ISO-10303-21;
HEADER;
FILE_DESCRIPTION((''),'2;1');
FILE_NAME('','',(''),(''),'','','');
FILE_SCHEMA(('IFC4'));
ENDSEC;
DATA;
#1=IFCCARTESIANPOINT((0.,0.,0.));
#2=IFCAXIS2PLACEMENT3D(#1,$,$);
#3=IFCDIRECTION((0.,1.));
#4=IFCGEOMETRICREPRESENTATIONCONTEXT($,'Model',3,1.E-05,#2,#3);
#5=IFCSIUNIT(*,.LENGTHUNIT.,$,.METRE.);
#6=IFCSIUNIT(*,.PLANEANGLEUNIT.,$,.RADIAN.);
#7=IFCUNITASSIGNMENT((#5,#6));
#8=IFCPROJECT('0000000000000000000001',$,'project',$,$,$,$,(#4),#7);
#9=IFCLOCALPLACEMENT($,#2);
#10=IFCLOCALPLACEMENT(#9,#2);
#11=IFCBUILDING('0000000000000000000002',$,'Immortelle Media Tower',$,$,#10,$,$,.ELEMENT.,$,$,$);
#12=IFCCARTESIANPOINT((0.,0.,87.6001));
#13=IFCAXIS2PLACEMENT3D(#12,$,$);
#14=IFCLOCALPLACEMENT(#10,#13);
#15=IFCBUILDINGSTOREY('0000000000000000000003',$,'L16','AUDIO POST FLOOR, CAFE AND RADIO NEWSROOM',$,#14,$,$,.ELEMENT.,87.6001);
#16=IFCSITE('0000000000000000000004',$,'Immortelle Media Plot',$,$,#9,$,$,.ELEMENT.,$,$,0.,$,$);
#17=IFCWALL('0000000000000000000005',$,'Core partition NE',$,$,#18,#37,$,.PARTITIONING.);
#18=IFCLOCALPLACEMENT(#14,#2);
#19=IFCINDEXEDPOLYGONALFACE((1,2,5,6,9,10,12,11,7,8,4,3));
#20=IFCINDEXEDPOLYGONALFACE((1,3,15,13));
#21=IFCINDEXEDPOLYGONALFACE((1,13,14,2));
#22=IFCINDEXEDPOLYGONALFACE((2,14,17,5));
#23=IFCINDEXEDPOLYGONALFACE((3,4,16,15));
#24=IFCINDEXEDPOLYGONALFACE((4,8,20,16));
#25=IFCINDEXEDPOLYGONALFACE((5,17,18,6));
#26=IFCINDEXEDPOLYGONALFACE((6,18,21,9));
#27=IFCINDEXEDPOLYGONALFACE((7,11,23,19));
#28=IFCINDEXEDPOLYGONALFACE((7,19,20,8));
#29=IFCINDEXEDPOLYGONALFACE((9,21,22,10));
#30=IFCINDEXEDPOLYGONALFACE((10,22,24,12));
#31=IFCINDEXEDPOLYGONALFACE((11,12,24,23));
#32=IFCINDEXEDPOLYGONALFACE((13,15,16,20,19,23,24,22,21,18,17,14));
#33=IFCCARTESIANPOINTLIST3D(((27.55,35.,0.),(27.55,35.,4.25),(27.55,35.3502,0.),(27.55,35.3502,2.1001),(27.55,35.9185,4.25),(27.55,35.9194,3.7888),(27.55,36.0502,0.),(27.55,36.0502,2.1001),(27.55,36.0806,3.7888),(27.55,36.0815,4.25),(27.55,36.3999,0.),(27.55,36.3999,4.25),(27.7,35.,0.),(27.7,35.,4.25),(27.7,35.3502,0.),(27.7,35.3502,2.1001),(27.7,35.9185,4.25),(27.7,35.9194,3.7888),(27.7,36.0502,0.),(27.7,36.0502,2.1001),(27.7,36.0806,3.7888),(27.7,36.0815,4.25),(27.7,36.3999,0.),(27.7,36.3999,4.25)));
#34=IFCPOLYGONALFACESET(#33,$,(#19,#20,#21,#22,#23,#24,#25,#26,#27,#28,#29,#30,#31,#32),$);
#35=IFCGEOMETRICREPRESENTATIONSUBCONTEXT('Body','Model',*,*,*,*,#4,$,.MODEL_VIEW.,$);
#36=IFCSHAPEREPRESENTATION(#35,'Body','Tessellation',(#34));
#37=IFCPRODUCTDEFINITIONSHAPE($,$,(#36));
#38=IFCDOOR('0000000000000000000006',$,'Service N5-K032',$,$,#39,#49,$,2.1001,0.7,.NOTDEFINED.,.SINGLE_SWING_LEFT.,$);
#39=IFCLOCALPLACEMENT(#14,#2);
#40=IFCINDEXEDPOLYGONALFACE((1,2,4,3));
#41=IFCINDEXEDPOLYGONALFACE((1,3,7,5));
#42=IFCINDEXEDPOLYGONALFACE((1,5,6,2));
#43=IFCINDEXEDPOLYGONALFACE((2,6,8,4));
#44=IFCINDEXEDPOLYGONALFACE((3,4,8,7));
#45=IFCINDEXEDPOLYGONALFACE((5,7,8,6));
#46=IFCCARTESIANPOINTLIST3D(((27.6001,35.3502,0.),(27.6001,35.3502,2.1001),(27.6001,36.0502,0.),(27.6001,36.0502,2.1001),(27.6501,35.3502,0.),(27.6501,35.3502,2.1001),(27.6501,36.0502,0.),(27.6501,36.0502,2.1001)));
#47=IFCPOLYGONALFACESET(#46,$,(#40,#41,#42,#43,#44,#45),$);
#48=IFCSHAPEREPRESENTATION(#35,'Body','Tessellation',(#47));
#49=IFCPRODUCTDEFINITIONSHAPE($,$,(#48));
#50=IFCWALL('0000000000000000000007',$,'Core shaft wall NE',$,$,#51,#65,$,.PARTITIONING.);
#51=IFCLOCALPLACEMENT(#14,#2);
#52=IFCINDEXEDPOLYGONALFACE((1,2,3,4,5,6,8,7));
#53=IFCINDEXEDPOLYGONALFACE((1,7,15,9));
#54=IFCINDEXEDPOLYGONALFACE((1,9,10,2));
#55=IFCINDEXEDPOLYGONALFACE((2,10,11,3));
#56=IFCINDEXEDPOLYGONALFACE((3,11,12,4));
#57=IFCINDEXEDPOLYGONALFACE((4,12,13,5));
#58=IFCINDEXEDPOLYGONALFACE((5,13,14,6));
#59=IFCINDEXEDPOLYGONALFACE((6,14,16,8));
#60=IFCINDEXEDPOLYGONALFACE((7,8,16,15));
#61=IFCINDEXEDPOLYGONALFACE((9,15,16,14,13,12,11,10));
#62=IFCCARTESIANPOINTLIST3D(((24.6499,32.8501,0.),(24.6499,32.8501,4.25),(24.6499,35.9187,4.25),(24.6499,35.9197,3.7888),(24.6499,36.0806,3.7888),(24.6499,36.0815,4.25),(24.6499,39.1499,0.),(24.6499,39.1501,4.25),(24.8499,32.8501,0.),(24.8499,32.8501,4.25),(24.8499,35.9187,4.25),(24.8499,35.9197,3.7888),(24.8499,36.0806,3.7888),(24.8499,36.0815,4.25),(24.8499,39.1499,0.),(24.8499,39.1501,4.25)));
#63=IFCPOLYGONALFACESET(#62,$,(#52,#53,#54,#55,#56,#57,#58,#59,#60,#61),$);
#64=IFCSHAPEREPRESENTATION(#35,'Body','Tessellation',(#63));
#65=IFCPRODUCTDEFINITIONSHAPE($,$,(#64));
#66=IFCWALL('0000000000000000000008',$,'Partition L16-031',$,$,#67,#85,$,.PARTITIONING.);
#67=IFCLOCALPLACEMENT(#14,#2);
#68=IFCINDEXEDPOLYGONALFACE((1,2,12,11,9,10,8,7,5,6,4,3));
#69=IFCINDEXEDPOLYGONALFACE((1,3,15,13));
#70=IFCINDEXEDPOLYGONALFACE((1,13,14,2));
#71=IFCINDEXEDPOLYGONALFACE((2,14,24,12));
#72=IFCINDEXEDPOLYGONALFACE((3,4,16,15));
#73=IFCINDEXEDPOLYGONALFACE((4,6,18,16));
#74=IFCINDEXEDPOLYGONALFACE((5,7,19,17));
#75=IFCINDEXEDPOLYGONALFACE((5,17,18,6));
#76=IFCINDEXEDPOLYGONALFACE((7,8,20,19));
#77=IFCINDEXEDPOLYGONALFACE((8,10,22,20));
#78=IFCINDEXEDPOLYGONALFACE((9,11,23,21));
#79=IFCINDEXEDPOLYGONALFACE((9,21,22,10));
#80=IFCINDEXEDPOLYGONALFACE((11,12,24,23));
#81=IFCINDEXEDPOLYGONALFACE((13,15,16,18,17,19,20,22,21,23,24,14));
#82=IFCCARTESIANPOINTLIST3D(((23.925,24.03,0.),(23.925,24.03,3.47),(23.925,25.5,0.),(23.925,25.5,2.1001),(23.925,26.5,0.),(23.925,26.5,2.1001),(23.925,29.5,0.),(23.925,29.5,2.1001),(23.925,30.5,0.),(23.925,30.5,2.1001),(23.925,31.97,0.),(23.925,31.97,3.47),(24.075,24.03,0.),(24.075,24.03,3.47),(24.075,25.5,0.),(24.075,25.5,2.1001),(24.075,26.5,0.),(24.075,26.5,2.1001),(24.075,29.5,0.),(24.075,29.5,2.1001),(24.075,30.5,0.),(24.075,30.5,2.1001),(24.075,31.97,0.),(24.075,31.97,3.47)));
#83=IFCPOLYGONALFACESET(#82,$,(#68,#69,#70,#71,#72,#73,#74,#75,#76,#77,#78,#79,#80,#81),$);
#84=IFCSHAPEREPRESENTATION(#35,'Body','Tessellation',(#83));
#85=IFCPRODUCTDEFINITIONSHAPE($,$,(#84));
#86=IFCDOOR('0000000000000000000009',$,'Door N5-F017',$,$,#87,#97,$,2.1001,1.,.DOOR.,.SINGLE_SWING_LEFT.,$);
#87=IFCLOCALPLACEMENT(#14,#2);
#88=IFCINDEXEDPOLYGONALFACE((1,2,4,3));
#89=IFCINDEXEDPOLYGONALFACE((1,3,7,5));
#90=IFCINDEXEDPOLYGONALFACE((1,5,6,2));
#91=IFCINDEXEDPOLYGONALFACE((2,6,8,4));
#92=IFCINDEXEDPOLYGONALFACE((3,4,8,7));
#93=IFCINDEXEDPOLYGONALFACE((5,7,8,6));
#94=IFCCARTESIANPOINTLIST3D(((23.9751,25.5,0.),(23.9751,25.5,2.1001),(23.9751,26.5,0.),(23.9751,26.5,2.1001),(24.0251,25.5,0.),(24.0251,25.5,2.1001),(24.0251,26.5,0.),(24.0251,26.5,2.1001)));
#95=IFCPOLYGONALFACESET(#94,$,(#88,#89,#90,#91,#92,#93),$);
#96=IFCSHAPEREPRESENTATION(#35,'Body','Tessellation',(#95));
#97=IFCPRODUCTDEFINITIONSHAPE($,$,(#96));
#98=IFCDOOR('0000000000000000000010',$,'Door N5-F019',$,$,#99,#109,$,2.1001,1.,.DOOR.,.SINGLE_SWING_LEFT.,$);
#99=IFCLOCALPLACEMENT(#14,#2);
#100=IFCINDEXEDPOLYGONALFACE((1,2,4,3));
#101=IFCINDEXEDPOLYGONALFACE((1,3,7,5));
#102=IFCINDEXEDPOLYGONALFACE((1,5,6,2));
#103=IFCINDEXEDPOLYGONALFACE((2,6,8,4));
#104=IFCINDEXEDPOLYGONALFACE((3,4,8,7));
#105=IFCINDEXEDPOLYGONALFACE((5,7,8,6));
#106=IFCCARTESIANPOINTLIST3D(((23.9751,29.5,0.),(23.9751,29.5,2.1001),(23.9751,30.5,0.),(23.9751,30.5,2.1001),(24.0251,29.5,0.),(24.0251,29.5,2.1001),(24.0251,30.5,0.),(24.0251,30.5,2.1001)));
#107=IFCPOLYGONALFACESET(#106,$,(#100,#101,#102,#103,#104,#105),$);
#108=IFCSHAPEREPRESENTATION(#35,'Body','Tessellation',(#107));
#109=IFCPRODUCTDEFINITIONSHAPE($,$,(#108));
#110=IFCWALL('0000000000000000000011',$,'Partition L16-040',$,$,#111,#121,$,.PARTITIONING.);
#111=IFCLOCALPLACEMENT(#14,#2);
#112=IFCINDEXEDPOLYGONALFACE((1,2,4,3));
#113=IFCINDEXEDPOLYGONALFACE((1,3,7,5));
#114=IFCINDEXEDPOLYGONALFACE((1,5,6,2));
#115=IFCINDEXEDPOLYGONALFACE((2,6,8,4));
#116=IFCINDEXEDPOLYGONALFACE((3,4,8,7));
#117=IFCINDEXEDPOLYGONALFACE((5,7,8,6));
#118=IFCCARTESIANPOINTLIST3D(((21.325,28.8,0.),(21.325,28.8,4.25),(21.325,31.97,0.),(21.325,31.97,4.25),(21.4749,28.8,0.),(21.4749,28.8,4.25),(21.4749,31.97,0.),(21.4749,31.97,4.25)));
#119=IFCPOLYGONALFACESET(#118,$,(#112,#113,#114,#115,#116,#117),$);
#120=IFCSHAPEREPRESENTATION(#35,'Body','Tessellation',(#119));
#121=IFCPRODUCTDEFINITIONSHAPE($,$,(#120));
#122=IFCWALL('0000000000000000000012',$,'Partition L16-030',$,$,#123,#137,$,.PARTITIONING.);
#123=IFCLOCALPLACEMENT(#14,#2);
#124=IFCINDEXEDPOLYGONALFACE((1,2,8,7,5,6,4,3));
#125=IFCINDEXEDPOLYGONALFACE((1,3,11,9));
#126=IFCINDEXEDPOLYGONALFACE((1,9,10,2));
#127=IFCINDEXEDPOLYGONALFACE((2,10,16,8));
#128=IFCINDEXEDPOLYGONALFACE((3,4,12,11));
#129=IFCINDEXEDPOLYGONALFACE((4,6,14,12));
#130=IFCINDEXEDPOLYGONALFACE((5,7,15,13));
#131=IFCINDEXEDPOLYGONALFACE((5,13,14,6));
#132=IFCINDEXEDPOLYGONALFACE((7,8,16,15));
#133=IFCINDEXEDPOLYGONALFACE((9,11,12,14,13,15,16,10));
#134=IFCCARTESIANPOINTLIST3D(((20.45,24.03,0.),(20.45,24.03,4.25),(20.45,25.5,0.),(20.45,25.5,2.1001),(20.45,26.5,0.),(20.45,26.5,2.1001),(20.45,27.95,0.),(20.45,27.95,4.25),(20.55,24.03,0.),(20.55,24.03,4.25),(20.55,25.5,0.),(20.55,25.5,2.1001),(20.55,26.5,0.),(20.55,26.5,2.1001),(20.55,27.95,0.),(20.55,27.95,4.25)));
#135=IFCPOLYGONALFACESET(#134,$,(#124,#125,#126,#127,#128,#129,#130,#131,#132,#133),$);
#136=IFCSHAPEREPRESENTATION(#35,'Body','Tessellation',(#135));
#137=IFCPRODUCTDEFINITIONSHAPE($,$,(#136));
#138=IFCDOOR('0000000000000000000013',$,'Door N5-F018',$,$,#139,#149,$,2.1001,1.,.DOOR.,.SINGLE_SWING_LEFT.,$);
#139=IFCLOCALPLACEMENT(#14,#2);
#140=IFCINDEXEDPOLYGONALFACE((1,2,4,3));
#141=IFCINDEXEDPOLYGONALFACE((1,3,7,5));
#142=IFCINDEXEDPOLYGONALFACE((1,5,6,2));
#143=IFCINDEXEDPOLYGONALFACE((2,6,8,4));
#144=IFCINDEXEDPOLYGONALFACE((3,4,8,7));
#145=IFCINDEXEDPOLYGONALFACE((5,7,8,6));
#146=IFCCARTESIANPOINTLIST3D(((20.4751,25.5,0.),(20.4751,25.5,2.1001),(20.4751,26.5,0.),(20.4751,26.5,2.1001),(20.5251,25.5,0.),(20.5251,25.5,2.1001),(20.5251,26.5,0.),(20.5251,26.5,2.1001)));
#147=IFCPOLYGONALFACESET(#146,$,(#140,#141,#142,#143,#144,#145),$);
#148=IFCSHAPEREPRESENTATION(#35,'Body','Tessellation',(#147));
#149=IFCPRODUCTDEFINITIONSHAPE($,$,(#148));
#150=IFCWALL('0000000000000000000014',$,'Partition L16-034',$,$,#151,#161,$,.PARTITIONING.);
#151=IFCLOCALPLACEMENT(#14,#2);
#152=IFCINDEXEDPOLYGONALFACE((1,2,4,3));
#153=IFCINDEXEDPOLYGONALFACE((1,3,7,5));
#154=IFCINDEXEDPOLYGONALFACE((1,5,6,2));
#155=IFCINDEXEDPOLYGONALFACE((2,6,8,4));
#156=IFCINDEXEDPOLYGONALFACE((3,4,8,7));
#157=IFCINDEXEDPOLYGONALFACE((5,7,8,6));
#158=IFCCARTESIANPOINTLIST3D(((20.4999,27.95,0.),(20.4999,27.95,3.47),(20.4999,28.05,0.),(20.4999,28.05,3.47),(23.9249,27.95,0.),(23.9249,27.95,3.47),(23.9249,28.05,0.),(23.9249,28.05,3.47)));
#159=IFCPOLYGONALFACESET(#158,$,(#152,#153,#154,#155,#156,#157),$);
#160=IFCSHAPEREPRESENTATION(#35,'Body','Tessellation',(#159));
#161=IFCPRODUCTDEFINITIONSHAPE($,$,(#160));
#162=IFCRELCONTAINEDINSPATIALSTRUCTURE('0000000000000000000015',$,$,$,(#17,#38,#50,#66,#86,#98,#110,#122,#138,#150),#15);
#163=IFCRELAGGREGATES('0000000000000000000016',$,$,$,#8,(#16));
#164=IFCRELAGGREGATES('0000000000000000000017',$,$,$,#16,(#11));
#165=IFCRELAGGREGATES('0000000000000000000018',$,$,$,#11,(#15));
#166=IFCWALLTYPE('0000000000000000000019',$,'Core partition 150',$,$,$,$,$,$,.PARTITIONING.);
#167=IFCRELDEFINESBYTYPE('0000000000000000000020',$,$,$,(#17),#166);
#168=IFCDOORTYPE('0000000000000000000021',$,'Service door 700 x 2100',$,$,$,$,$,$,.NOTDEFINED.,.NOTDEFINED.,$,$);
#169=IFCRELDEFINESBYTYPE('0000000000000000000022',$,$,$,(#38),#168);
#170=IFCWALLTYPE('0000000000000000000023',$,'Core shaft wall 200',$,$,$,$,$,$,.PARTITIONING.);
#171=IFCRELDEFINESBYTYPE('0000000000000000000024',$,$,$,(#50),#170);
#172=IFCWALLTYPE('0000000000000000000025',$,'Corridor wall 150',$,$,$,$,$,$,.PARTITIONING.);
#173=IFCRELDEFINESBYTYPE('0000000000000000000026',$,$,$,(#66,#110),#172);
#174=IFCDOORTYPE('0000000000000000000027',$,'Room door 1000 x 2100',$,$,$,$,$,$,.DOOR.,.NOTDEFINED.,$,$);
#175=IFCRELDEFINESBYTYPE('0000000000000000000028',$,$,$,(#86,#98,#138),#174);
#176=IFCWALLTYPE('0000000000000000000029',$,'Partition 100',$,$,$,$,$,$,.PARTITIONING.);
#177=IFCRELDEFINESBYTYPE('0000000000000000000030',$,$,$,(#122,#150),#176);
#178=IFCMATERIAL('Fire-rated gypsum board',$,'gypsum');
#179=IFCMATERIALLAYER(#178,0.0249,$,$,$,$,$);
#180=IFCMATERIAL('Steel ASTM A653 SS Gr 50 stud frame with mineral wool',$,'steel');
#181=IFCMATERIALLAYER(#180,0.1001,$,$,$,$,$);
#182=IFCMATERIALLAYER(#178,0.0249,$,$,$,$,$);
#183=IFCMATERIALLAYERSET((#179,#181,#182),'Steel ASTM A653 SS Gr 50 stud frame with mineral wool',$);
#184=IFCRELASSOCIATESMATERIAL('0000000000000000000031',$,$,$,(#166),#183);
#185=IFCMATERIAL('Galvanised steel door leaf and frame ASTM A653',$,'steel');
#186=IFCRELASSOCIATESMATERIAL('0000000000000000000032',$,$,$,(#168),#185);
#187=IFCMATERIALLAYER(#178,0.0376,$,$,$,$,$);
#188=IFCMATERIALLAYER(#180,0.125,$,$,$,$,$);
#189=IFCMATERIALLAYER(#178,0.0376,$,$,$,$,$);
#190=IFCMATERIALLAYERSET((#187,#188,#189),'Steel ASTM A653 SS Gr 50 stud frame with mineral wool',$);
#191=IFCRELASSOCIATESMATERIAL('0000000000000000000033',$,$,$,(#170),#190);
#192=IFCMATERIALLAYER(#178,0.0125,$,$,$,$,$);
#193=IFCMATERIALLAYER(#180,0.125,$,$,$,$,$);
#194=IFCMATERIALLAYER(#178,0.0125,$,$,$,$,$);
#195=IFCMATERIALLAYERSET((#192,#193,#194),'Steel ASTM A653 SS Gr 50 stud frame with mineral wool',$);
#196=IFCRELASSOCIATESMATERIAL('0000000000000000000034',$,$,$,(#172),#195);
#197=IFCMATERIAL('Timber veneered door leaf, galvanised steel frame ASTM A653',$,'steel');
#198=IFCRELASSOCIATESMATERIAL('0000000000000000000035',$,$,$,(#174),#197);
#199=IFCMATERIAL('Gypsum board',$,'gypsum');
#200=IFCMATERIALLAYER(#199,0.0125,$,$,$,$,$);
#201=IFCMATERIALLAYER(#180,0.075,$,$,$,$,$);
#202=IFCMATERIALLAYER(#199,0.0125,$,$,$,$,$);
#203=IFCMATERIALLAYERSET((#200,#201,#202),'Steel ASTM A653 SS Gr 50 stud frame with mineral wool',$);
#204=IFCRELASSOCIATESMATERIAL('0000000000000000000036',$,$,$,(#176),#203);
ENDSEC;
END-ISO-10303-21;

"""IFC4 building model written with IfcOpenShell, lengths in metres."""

from ifc_helpers import new_model, si_unit, direction, frame, frame_2d, origin, place, context, subcontext, project, spatial, polyline, rectangle, outline, extrude, material, layer, layer_set, type_object, element, fill, save


model = new_model("IFC4")

# Units and contexts
model_context = context("Model", 3, precision=1e-05, world=origin(), true_north=direction((0.0, 1.0)))
body_context = subcontext(model_context, "Body", "Model", "MODEL_VIEW")
ifc_project = project(units=[si_unit("LENGTHUNIT", "METRE"), si_unit("PLANEANGLEUNIT", "RADIAN")], contexts=[model_context])

# Site, building, storey
site_placement = place(None, origin())
site = spatial("IfcSite", under=ifc_project, at=site_placement, Name="Immortelle Media Plot", CompositionType="ELEMENT", RefElevation=0.0)
building_placement = place(site_placement, origin())
building = spatial("IfcBuilding", under=site, at=building_placement, Name="Immortelle Media Tower", CompositionType="ELEMENT")
storey_placement = place(building_placement, frame((0.0, 0.0, 87.6001)))
storey = spatial("IfcBuildingStorey", under=building, at=storey_placement, Name="L16", Description="AUDIO POST FLOOR, CAFE AND RADIO NEWSROOM", CompositionType="ELEMENT", Elevation=87.6001)

# Shared definitions
ifc_material_1 = material(Name="Fire-rated gypsum board", Category="gypsum")
ifc_material_2 = material(Name="Steel ASTM A653 SS Gr 50 stud frame with mineral wool", Category="steel")
ifc_layer_1 = layer(ifc_material_1, 0.0249)
ifc_layer_2 = layer(ifc_material_2, 0.1001)
ifc_layer_3 = layer(ifc_material_1, 0.0249)
ifc_layer_set_1 = layer_set([ifc_layer_1, ifc_layer_2, ifc_layer_3], Name="Steel ASTM A653 SS Gr 50 stud frame with mineral wool")
wall_type_1 = type_object("IfcWallType", Name="Core partition 150", PredefinedType="PARTITIONING", material=ifc_layer_set_1)

# Wall, opening, door
ifc_material_3 = material(Name="Galvanised steel door leaf and frame ASTM A653", Category="steel")
wall_1_placement = place(storey_placement, frame((27.625, 35.0, 0.0), z_axis=(0.0, 0.0, 1.0), x_axis=(0.0, 1.0, 0.0)))
wall_1 = element("IfcWall", 1, at=wall_1_placement, inside=storey, type_object=wall_type_1, Name="Core partition NE", PredefinedType="PARTITIONING", context=body_context, shape_type="SweptSolid", body=[
    extrude(outline(polyline([(0.0, 0.0), (1.3999, 0.0), (1.3999, 4.25), (1.0815, 4.25), (1.0806, 3.7888), (0.9194, 3.7888), (0.9185, 4.25), (0.0, 4.25), (0.0, 0.0)])), frame((0.0, 0.075, 0.0), z_axis=(0.0, -1.0, 0.0), x_axis=(1.0, 0.0, 0.0)), (0.0, 0.0, 1.0), 0.1499),
])
opening_1_placement = place(wall_1_placement, frame((0.3501, 0.0, 0.0)))
opening_1 = element("IfcOpeningElement", 2, at=opening_1_placement, cuts=wall_1, PredefinedType="OPENING", context=body_context, shape_type="SweptSolid", body=[
    extrude(rectangle(XDim=0.7, YDim=2.1001, at=frame_2d((0.3501, 1.05))), frame((0.0, 0.085, 0.0), z_axis=(0.0, -1.0, 0.0), x_axis=(1.0, 0.0, 0.0)), (0.0, 0.0, 1.0), 0.1699),
])
door_type_1 = type_object("IfcDoorType", Name="Service door 700 x 2100", OperationType="NOTDEFINED", PredefinedType="NOTDEFINED", material=ifc_material_3)
door_1_placement = place(opening_1_placement, origin())
door_1 = element("IfcDoor", 3, at=door_1_placement, inside=storey, type_object=door_type_1, Name="Service N5-K032", OperationType="SINGLE_SWING_LEFT", OverallHeight=2.1001, OverallWidth=0.7, PredefinedType="NOTDEFINED", context=body_context, shape_type="SweptSolid", body=[
    extrude(rectangle(XDim=0.7, YDim=2.1001, at=frame_2d((0.3501, 1.05))), frame((0.0, 0.0249, 0.0), z_axis=(0.0, -1.0, 0.0), x_axis=(1.0, 0.0, 0.0)), (0.0, 0.0, 1.0), 0.05),
])
fill(opening_1, door_1)

# Wall
ifc_layer_4 = layer(ifc_material_1, 0.0376)
ifc_layer_5 = layer(ifc_material_2, 0.125)
ifc_layer_6 = layer(ifc_material_1, 0.0376)
ifc_layer_set_2 = layer_set([ifc_layer_4, ifc_layer_5, ifc_layer_6], Name="Steel ASTM A653 SS Gr 50 stud frame with mineral wool")
wall_type_2 = type_object("IfcWallType", Name="Core shaft wall 200", PredefinedType="PARTITIONING", material=ifc_layer_set_2)
wall_2_placement = place(storey_placement, frame((24.75, 32.8501, 0.0), z_axis=(0.0, 0.0, 1.0), x_axis=(0.0, 1.0, 0.0)))
element("IfcWall", 4, at=wall_2_placement, inside=storey, type_object=wall_type_2, Name="Core shaft wall NE", PredefinedType="PARTITIONING", context=body_context, shape_type="SweptSolid", body=[
    extrude(outline(polyline([(0.0, 0.0), (6.2998, 0.0), (6.3, 4.25), (3.2314, 4.25), (3.2305, 3.7888), (3.0696, 3.7888), (3.0686, 4.25), (0.0, 4.25), (0.0, 0.0)])), frame((0.0, 0.1001, 0.0), z_axis=(0.0, -1.0, 0.0), x_axis=(1.0, 0.0, 0.0)), (0.0, 0.0, 1.0), 0.2),
])

# Wall, openings, doors
ifc_layer_7 = layer(ifc_material_1, 0.0125)
ifc_layer_8 = layer(ifc_material_2, 0.125)
ifc_layer_9 = layer(ifc_material_1, 0.0125)
ifc_layer_set_3 = layer_set([ifc_layer_7, ifc_layer_8, ifc_layer_9], Name="Steel ASTM A653 SS Gr 50 stud frame with mineral wool")
wall_type_3 = type_object("IfcWallType", Name="Corridor wall 150", PredefinedType="PARTITIONING", material=ifc_layer_set_3)
wall_3_placement = place(storey_placement, frame((24.0, 24.03, 0.0), z_axis=(0.0, 0.0, 1.0), x_axis=(0.0, 1.0, 0.0)))
wall_3 = element("IfcWall", 5, at=wall_3_placement, inside=storey, type_object=wall_type_3, Name="Partition L16-031", PredefinedType="PARTITIONING", context=body_context, shape_type="SweptSolid", body=[
    extrude(rectangle(XDim=7.9399, YDim=0.1499, at=frame_2d((3.97, 0.0))), origin(), (0.0, 0.0, 1.0), 3.47),
])
opening_2_placement = place(wall_3_placement, frame((1.47, 0.0, 0.0)))
opening_2 = element("IfcOpeningElement", 6, at=opening_2_placement, cuts=wall_3, PredefinedType="OPENING", context=body_context, shape_type="SweptSolid", body=[
    extrude(rectangle(XDim=1.0, YDim=2.1001, at=frame_2d((0.5, 1.05))), frame((0.0, 0.085, 0.0), z_axis=(0.0, -1.0, 0.0), x_axis=(1.0, 0.0, 0.0)), (0.0, 0.0, 1.0), 0.1699),
])
opening_3_placement = place(wall_3_placement, frame((5.47, 0.0, 0.0)))
opening_3 = element("IfcOpeningElement", 7, at=opening_3_placement, cuts=wall_3, PredefinedType="OPENING", context=body_context, shape_type="SweptSolid", body=[
    extrude(rectangle(XDim=1.0, YDim=2.1001, at=frame_2d((0.5, 1.05))), frame((0.0, 0.085, 0.0), z_axis=(0.0, -1.0, 0.0), x_axis=(1.0, 0.0, 0.0)), (0.0, 0.0, 1.0), 0.1699),
])
ifc_material_4 = material(Name="Timber veneered door leaf, galvanised steel frame ASTM A653", Category="steel")
door_type_2 = type_object("IfcDoorType", Name="Room door 1000 x 2100", OperationType="NOTDEFINED", PredefinedType="DOOR", material=ifc_material_4)
door_2_placement = place(opening_2_placement, origin())
door_2 = element("IfcDoor", 8, at=door_2_placement, inside=storey, type_object=door_type_2, Name="Door N5-F017", OperationType="SINGLE_SWING_LEFT", OverallHeight=2.1001, OverallWidth=1.0, PredefinedType="DOOR", context=body_context, shape_type="SweptSolid", body=[
    extrude(rectangle(XDim=1.0, YDim=2.1001, at=frame_2d((0.5, 1.05))), frame((0.0, 0.0249, 0.0), z_axis=(0.0, -1.0, 0.0), x_axis=(1.0, 0.0, 0.0)), (0.0, 0.0, 1.0), 0.05),
])
fill(opening_2, door_2)
door_3_placement = place(opening_3_placement, origin())
door_3 = element("IfcDoor", 9, at=door_3_placement, inside=storey, type_object=door_type_2, Name="Door N5-F019", OperationType="SINGLE_SWING_LEFT", OverallHeight=2.1001, OverallWidth=1.0, PredefinedType="DOOR", context=body_context, shape_type="SweptSolid", body=[
    extrude(rectangle(XDim=1.0, YDim=2.1001, at=frame_2d((0.5, 1.05))), frame((0.0, 0.0249, 0.0), z_axis=(0.0, -1.0, 0.0), x_axis=(1.0, 0.0, 0.0)), (0.0, 0.0, 1.0), 0.05),
])
fill(opening_3, door_3)

# Wall
wall_4_placement = place(storey_placement, frame((21.3999, 28.8, 0.0), z_axis=(0.0, 0.0, 1.0), x_axis=(0.0, 1.0, 0.0)))
element("IfcWall", 10, at=wall_4_placement, inside=storey, type_object=wall_type_3, Name="Partition L16-040", PredefinedType="PARTITIONING", context=body_context, shape_type="SweptSolid", body=[
    extrude(rectangle(XDim=3.1699, YDim=0.1499, at=frame_2d((1.585, 0.0))), origin(), (0.0, 0.0, 1.0), 4.25),
])

# Wall, opening, door
ifc_material_5 = material(Name="Gypsum board", Category="gypsum")
ifc_layer_10 = layer(ifc_material_5, 0.0125)
ifc_layer_11 = layer(ifc_material_2, 0.075)
ifc_layer_12 = layer(ifc_material_5, 0.0125)
ifc_layer_set_4 = layer_set([ifc_layer_10, ifc_layer_11, ifc_layer_12], Name="Steel ASTM A653 SS Gr 50 stud frame with mineral wool")
wall_type_4 = type_object("IfcWallType", Name="Partition 100", PredefinedType="PARTITIONING", material=ifc_layer_set_4)
wall_5_placement = place(storey_placement, frame((20.5, 24.03, 0.0), z_axis=(0.0, 0.0, 1.0), x_axis=(0.0, 1.0, 0.0)))
wall_5 = element("IfcWall", 11, at=wall_5_placement, inside=storey, type_object=wall_type_4, Name="Partition L16-030", PredefinedType="PARTITIONING", context=body_context, shape_type="SweptSolid", body=[
    extrude(rectangle(XDim=3.9199, YDim=0.1001, at=frame_2d((1.96, 0.0))), origin(), (0.0, 0.0, 1.0), 4.25),
])
opening_4_placement = place(wall_5_placement, frame((1.47, 0.0, 0.0)))
opening_4 = element("IfcOpeningElement", 12, at=opening_4_placement, cuts=wall_5, PredefinedType="OPENING", context=body_context, shape_type="SweptSolid", body=[
    extrude(rectangle(XDim=1.0, YDim=2.1001, at=frame_2d((0.5, 1.05))), frame((0.0, 0.0601, 0.0), z_axis=(0.0, -1.0, 0.0), x_axis=(1.0, 0.0, 0.0)), (0.0, 0.0, 1.0), 0.1201),
])
door_4_placement = place(opening_4_placement, origin())
door_4 = element("IfcDoor", 13, at=door_4_placement, inside=storey, type_object=door_type_2, Name="Door N5-F018", OperationType="SINGLE_SWING_LEFT", OverallHeight=2.1001, OverallWidth=1.0, PredefinedType="DOOR", context=body_context, shape_type="SweptSolid", body=[
    extrude(rectangle(XDim=1.0, YDim=2.1001, at=frame_2d((0.5, 1.05))), frame((0.0, 0.0249, 0.0), z_axis=(0.0, -1.0, 0.0), x_axis=(1.0, 0.0, 0.0)), (0.0, 0.0, 1.0), 0.05),
])
fill(opening_4, door_4)

# Wall
wall_6_placement = place(storey_placement, frame((20.5, 28.0, 0.0), z_axis=(0.0, 0.0, 1.0), x_axis=(1.0, 0.0, 0.0)))
element("IfcWall", 14, at=wall_6_placement, inside=storey, type_object=wall_type_4, Name="Partition L16-034", PredefinedType="PARTITIONING", context=body_context, shape_type="SweptSolid", body=[
    extrude(rectangle(XDim=3.425, YDim=0.1001, at=frame_2d((1.7124, 0.0))), origin(), (0.0, 0.0, 1.0), 3.47),
])

save(model, "model.ifc")
